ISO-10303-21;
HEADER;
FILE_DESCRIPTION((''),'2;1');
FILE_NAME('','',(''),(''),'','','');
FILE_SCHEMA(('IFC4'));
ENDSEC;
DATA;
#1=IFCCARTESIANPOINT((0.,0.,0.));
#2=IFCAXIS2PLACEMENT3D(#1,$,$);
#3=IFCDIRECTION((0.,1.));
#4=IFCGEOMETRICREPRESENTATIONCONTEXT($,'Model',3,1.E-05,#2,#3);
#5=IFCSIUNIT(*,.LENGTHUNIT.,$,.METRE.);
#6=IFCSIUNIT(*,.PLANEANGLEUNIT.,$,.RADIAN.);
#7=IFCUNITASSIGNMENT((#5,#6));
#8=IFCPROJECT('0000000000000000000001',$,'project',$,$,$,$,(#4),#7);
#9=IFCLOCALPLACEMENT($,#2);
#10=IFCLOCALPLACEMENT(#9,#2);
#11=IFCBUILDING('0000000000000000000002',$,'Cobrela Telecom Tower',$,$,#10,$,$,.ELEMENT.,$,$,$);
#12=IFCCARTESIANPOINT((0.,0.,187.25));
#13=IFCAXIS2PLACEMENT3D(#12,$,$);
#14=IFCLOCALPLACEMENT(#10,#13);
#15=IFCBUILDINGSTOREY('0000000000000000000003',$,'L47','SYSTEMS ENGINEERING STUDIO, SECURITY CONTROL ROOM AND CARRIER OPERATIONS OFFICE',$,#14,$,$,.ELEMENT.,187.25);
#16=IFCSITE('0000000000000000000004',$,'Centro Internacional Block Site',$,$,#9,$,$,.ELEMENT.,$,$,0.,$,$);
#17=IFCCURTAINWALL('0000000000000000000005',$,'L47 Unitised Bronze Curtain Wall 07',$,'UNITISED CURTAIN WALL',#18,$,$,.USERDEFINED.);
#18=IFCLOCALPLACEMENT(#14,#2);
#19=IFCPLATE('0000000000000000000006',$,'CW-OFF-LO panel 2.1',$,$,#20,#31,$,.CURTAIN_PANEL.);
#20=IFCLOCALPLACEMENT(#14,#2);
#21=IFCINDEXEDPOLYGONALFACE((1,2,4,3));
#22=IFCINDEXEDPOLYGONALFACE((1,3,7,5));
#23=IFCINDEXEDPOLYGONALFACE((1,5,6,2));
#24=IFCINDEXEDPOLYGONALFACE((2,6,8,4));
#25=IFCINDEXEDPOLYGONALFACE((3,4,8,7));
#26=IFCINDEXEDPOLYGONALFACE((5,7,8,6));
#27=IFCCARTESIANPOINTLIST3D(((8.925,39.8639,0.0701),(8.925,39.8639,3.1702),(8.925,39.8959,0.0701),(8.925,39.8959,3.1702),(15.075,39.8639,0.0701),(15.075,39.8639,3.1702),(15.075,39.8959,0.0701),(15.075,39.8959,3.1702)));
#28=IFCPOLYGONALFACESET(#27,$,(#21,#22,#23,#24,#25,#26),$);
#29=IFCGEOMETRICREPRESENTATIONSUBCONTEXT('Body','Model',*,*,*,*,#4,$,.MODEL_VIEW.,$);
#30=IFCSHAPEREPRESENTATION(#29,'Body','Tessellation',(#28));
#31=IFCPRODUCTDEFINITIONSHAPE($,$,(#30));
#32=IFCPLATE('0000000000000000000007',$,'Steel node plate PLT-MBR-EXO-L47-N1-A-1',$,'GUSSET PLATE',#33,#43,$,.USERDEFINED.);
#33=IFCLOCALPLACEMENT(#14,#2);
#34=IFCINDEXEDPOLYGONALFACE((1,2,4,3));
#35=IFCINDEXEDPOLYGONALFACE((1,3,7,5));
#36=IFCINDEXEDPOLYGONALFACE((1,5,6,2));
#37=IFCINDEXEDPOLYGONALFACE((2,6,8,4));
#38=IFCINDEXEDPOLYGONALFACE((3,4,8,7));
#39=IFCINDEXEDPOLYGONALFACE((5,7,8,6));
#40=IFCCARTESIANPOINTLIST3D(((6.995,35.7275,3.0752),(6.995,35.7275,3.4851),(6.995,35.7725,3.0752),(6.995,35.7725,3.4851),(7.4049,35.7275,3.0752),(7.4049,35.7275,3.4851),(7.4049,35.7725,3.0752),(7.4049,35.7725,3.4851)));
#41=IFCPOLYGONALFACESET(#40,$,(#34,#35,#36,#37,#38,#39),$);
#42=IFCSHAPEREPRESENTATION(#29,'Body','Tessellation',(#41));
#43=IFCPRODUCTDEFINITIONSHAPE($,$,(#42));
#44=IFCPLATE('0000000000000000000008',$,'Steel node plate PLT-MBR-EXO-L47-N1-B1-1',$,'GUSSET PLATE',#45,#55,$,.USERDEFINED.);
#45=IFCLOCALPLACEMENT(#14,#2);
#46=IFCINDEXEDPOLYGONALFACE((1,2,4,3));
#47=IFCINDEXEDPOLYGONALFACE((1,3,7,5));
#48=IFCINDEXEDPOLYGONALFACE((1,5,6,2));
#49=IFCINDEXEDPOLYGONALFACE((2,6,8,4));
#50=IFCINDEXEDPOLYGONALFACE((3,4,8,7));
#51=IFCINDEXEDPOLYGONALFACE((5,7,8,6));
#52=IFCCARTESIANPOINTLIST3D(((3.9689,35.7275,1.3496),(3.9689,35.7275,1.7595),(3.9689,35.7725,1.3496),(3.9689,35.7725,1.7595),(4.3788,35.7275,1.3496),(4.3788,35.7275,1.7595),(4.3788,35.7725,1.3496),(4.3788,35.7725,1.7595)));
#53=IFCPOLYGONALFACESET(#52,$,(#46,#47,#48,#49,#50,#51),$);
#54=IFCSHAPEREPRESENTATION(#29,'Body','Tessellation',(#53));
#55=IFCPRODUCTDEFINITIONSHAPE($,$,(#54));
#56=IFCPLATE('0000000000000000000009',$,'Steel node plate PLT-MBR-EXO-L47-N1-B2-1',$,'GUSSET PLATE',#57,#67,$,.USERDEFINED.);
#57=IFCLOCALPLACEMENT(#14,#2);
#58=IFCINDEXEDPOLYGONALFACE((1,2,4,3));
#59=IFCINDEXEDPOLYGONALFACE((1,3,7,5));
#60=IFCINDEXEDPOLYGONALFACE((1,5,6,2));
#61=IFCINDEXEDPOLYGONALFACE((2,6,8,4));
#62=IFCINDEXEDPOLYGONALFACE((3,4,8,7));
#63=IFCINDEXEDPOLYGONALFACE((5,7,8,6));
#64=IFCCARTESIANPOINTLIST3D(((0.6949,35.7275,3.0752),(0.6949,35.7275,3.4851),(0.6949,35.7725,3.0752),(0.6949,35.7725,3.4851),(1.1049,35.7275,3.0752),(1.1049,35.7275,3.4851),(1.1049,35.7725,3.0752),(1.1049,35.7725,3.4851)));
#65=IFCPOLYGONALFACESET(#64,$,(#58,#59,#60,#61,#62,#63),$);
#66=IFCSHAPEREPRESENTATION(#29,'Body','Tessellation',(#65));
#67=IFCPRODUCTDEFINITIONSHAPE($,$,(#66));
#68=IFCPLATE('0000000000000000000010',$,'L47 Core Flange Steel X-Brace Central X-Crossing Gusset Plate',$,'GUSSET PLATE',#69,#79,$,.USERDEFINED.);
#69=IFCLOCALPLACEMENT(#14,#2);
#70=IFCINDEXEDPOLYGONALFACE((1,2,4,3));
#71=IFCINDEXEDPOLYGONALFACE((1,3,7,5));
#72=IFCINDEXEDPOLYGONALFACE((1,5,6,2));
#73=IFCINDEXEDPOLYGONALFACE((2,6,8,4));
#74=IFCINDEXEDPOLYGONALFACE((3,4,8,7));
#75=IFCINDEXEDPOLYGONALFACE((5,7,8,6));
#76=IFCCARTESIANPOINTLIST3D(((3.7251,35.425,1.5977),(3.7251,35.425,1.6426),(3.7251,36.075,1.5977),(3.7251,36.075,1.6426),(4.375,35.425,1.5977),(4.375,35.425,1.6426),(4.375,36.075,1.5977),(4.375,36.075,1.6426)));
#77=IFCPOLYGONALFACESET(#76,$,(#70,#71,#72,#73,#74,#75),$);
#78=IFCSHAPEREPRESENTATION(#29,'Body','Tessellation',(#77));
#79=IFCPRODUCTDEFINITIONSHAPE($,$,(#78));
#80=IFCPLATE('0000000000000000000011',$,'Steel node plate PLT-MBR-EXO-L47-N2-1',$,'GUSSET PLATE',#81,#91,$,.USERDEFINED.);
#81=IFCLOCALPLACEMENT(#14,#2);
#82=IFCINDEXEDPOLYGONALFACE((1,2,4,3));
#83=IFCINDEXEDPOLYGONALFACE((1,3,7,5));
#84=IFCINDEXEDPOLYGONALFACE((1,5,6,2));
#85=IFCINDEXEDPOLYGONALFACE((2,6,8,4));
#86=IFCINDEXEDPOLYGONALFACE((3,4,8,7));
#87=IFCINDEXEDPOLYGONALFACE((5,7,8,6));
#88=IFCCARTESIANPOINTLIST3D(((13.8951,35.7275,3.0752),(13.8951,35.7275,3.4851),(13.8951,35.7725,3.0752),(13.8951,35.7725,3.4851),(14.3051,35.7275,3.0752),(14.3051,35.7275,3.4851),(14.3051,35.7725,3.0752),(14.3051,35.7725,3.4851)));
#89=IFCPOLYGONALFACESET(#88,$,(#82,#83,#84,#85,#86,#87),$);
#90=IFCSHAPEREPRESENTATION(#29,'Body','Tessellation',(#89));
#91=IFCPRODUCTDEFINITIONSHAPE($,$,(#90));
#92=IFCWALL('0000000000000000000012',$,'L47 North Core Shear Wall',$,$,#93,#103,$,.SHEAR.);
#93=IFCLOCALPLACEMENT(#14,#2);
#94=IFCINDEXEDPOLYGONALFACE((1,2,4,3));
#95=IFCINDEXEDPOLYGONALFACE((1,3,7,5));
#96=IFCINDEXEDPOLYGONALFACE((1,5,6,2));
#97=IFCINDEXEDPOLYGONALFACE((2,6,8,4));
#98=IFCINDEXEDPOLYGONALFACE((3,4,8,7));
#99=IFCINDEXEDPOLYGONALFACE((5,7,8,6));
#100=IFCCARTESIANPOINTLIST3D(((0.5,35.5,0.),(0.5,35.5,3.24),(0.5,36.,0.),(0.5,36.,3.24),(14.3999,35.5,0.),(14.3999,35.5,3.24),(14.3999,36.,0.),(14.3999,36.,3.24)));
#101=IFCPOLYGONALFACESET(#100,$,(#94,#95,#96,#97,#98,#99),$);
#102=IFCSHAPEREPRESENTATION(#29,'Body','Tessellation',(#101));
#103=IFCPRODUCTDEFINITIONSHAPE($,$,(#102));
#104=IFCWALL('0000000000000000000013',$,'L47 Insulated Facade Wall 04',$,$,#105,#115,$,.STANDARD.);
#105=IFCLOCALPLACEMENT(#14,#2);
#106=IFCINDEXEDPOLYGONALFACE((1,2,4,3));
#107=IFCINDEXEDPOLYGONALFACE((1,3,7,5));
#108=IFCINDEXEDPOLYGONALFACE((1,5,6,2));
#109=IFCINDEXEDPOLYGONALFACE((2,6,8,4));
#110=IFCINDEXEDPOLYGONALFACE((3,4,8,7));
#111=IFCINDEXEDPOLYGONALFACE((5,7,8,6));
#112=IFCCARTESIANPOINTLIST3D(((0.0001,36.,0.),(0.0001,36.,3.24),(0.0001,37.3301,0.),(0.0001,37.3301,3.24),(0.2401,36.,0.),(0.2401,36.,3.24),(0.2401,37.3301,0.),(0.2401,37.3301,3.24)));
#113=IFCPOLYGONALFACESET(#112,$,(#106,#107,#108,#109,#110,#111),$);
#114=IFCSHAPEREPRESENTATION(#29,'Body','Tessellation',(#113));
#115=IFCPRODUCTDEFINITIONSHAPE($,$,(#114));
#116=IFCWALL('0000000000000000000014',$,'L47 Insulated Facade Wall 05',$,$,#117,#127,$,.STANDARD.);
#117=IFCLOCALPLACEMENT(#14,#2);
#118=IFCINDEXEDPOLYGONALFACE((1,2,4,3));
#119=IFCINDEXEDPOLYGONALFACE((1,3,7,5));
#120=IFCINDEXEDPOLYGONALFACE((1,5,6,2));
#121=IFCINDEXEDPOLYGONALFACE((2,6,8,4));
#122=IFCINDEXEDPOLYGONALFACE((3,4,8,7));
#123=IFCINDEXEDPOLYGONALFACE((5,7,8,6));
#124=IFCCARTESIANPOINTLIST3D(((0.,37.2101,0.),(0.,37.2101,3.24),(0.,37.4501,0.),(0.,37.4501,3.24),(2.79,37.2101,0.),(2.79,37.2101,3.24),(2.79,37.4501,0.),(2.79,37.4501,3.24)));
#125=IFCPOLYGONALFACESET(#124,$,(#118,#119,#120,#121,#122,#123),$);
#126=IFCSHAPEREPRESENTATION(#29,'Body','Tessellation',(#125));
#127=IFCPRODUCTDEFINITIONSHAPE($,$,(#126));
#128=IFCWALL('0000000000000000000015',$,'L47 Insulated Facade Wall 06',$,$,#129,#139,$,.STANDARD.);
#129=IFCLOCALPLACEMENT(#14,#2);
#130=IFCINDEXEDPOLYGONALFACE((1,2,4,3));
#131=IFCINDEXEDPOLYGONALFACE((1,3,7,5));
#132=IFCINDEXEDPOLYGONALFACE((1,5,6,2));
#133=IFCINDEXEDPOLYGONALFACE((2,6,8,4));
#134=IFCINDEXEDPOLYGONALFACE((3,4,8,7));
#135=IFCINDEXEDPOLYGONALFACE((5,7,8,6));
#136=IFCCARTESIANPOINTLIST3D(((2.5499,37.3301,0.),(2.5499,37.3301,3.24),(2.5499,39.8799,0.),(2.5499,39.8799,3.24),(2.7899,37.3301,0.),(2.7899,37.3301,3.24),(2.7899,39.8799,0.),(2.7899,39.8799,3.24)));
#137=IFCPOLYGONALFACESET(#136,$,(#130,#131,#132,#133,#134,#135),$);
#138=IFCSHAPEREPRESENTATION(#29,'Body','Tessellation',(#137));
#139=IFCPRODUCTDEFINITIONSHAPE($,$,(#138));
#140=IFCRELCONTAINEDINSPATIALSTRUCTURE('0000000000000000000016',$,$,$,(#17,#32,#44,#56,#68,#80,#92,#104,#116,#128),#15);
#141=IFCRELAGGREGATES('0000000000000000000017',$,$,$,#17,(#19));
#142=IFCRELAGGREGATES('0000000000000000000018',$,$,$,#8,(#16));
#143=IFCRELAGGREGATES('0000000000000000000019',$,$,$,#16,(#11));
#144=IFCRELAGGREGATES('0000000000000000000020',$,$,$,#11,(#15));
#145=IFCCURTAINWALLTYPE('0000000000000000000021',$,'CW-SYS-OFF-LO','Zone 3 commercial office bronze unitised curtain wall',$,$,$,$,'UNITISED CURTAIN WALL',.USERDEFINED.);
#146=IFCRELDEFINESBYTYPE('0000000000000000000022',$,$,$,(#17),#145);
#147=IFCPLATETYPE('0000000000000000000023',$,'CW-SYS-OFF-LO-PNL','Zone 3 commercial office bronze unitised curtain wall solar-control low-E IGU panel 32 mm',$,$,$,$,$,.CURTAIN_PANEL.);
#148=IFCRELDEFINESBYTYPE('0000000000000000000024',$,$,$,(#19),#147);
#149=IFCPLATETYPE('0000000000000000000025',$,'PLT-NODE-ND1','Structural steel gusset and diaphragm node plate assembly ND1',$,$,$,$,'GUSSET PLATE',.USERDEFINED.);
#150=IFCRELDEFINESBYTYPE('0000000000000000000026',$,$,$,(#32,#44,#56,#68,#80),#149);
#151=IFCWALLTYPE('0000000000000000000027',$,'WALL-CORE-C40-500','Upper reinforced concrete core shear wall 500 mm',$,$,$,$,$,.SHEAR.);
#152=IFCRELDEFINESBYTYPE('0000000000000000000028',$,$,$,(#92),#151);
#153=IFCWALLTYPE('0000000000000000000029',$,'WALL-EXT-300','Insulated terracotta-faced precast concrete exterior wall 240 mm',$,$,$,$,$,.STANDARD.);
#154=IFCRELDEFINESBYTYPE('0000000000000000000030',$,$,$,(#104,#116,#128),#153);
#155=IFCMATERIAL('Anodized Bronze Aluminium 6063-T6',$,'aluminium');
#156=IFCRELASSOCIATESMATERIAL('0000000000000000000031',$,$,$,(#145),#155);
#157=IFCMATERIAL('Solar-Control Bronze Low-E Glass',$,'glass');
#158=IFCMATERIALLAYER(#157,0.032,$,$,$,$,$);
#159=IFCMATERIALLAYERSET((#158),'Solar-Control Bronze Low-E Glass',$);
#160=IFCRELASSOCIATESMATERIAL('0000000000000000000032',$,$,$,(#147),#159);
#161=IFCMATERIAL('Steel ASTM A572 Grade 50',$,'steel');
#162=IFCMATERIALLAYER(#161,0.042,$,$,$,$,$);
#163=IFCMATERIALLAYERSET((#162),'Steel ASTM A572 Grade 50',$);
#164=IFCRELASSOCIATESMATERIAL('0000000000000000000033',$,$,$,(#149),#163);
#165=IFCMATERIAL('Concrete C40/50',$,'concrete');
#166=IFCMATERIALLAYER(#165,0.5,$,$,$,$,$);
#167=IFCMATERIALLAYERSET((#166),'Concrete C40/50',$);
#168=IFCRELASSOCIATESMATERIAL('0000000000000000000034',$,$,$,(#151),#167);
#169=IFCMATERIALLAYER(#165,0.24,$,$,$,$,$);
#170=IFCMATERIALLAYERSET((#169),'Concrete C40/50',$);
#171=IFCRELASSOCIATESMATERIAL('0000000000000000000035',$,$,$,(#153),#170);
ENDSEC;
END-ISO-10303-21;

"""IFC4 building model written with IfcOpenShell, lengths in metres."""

from ifc_helpers import new_model, si_unit, direction, frame, frame_2d, origin, origin_2d, place, context, subcontext, project, spatial, rectangle, extrude, material, layer, layer_set, type_object, element, aggregate, save


model = new_model("IFC4")

# Units and contexts
model_context = context("Model", 3, precision=1e-05, world=origin(), true_north=direction((0.0, 1.0)))
body_context = subcontext(model_context, "Body", "Model", "MODEL_VIEW")
ifc_project = project(units=[si_unit("LENGTHUNIT", "METRE"), si_unit("PLANEANGLEUNIT", "RADIAN")], contexts=[model_context])

# Site, building, storey
site_placement = place(None, origin())
site = spatial("IfcSite", under=ifc_project, at=site_placement, Name="Centro Internacional Block Site", CompositionType="ELEMENT", RefElevation=0.0)
building_placement = place(site_placement, origin())
building = spatial("IfcBuilding", under=site, at=building_placement, Name="Cobrela Telecom Tower", CompositionType="ELEMENT")
storey_placement = place(building_placement, frame((0.0, 0.0, 187.25)))
storey = spatial("IfcBuildingStorey", under=building, at=storey_placement, Name="L47", Description="SYSTEMS ENGINEERING STUDIO, SECURITY CONTROL ROOM AND CARRIER OPERATIONS OFFICE", CompositionType="ELEMENT", Elevation=187.25)

# Shared definitions
ifc_material_1 = material(Name="Steel ASTM A572 Grade 50", Category="steel")

# Curtain wall
ifc_material_2 = material(Name="Anodized Bronze Aluminium 6063-T6", Category="aluminium")
curtain_wall_type = type_object("IfcCurtainWallType", Name="CW-SYS-OFF-LO", Description="Zone 3 commercial office bronze unitised curtain wall", ElementType="UNITISED CURTAIN WALL", PredefinedType="USERDEFINED", material=ifc_material_2)
curtain_wall_placement = place(storey_placement, origin())
curtain_wall = element("IfcCurtainWall", 1, at=curtain_wall_placement, inside=storey, type_object=curtain_wall_type, Name="L47 Unitised Bronze Curtain Wall 07", ObjectType="UNITISED CURTAIN WALL", PredefinedType="USERDEFINED")

# Plate
ifc_material_3 = material(Name="Solar-Control Bronze Low-E Glass", Category="glass")
ifc_layer_1 = layer(ifc_material_3, 0.032)
ifc_layer_set_1 = layer_set([ifc_layer_1], Name="Solar-Control Bronze Low-E Glass")
plate_type_1 = type_object("IfcPlateType", Name="CW-SYS-OFF-LO-PNL", Description="Zone 3 commercial office bronze unitised curtain wall solar-control low-E IGU panel 32 mm", PredefinedType="CURTAIN_PANEL", material=ifc_layer_set_1)
plate_1_placement = place(storey_placement, frame((12.0, 39.8799, 0.0701), z_axis=(0.0, 0.0, 1.0), x_axis=(1.0, 0.0, 0.0)))
plate_1 = element("IfcPlate", 2, at=plate_1_placement, type_object=plate_type_1, Name="CW-OFF-LO panel 2.1", PredefinedType="CURTAIN_PANEL", context=body_context, shape_type="SweptSolid", body=[
    extrude(rectangle(XDim=6.1499, YDim=0.032, at=origin_2d()), origin(), (0.0, 0.0, 1.0), 3.1001),
])
aggregate(curtain_wall, [plate_1])

# Plates
ifc_layer_2 = layer(ifc_material_1, 0.042)
ifc_layer_set_2 = layer_set([ifc_layer_2], Name="Steel ASTM A572 Grade 50")
plate_type_2 = type_object("IfcPlateType", Name="PLT-NODE-ND1", Description="Structural steel gusset and diaphragm node plate assembly ND1", ElementType="GUSSET PLATE", PredefinedType="USERDEFINED", material=ifc_layer_set_2)
for number, where, z_axis, x_axis, name in (
    (3, (7.2, 35.75, 3.0752), (0.0, 0.0, 1.0), (1.0, 0.0, 0.0), "Steel node plate PLT-MBR-EXO-L47-N1-A-1"),
    (4, (4.1738, 35.75, 1.3496), (0.0, 0.0, 1.0), (-1.0, 0.0, 0.0), "Steel node plate PLT-MBR-EXO-L47-N1-B1-1"),
    (5, (0.8999, 35.75, 3.0752), (0.0, 0.0, 1.0), (-1.0, 0.0, 0.0), "Steel node plate PLT-MBR-EXO-L47-N1-B2-1"),
):
    element("IfcPlate", number, at=place(storey_placement, frame(where, z_axis=z_axis, x_axis=x_axis)), inside=storey, type_object=plate_type_2, Name=name, ObjectType="GUSSET PLATE", PredefinedType="USERDEFINED", context=body_context, shape_type="SweptSolid", body=[
        extrude(rectangle(XDim=0.4099, YDim=0.0449, at=origin_2d()), origin(), (0.0, 0.0, 1.0), 0.4099),
    ])
plate_2_placement = place(storey_placement, frame((4.05, 35.75, 1.5977), z_axis=(0.0, 0.0, 1.0), x_axis=(1.0, 0.0, 0.0)))
element("IfcPlate", 6, at=plate_2_placement, inside=storey, type_object=plate_type_2, Name="L47 Core Flange Steel X-Brace Central X-Crossing Gusset Plate", ObjectType="GUSSET PLATE", PredefinedType="USERDEFINED", context=body_context, shape_type="SweptSolid", body=[
    extrude(rectangle(XDim=0.6499, YDim=0.6499, at=origin_2d()), origin(), (0.0, 0.0, 1.0), 0.0449),
])
plate_3_placement = place(storey_placement, frame((14.1001, 35.75, 3.0752), z_axis=(0.0, 0.0, 1.0), x_axis=(1.0, 0.0, 0.0)))
element("IfcPlate", 7, at=plate_3_placement, inside=storey, type_object=plate_type_2, Name="Steel node plate PLT-MBR-EXO-L47-N2-1", ObjectType="GUSSET PLATE", PredefinedType="USERDEFINED", context=body_context, shape_type="SweptSolid", body=[
    extrude(rectangle(XDim=0.4099, YDim=0.0449, at=origin_2d()), origin(), (0.0, 0.0, 1.0), 0.4099),
])

# Walls
ifc_material_4 = material(Name="Concrete C40/50", Category="concrete")
ifc_layer_3 = layer(ifc_material_4, 0.5)
ifc_layer_set_3 = layer_set([ifc_layer_3], Name="Concrete C40/50")
wall_type_1 = type_object("IfcWallType", Name="WALL-CORE-C40-500", Description="Upper reinforced concrete core shear wall 500 mm", PredefinedType="SHEAR", material=ifc_layer_set_3)
wall_1_placement = place(storey_placement, frame((0.5, 35.75, 0.0), z_axis=(0.0, 0.0, 1.0), x_axis=(1.0, 0.0, 0.0)))
element("IfcWall", 8, at=wall_1_placement, inside=storey, type_object=wall_type_1, Name="L47 North Core Shear Wall", PredefinedType="SHEAR", context=body_context, shape_type="SweptSolid", body=[
    extrude(rectangle(XDim=13.8999, YDim=0.5, at=frame_2d((6.95, 0.0))), origin(), (0.0, 0.0, 1.0), 3.24),
])
ifc_layer_4 = layer(ifc_material_4, 0.24)
ifc_layer_set_4 = layer_set([ifc_layer_4], Name="Concrete C40/50")
wall_type_2 = type_object("IfcWallType", Name="WALL-EXT-300", Description="Insulated terracotta-faced precast concrete exterior wall 240 mm", PredefinedType="STANDARD", material=ifc_layer_set_4)
wall_2_placement = place(storey_placement, frame((0.1201, 36.0, 0.0), z_axis=(0.0, 0.0, 1.0), x_axis=(0.0, 1.0, 0.0)))
element("IfcWall", 9, at=wall_2_placement, inside=storey, type_object=wall_type_2, Name="L47 Insulated Facade Wall 04", PredefinedType="STANDARD", context=body_context, shape_type="SweptSolid", body=[
    extrude(rectangle(XDim=1.3301, YDim=0.24, at=frame_2d((0.665, 0.0))), origin(), (0.0, 0.0, 1.0), 3.24),
])
wall_3_placement = place(storey_placement, frame((0.0, 37.3301, 0.0), z_axis=(0.0, 0.0, 1.0), x_axis=(1.0, 0.0, 0.0)))
element("IfcWall", 10, at=wall_3_placement, inside=storey, type_object=wall_type_2, Name="L47 Insulated Facade Wall 05", PredefinedType="STANDARD", context=body_context, shape_type="SweptSolid", body=[
    extrude(rectangle(XDim=2.79, YDim=0.24, at=frame_2d((1.395, 0.0))), origin(), (0.0, 0.0, 1.0), 3.24),
])
wall_4_placement = place(storey_placement, frame((2.6699, 37.3301, 0.0), z_axis=(0.0, 0.0, 1.0), x_axis=(0.0, 1.0, 0.0)))
element("IfcWall", 11, at=wall_4_placement, inside=storey, type_object=wall_type_2, Name="L47 Insulated Facade Wall 06", PredefinedType="STANDARD", context=body_context, shape_type="SweptSolid", body=[
    extrude(rectangle(XDim=2.5498, YDim=0.24, at=frame_2d((1.2749, 0.0))), origin(), (0.0, 0.0, 1.0), 3.24),
])

save(model, "model.ifc")
